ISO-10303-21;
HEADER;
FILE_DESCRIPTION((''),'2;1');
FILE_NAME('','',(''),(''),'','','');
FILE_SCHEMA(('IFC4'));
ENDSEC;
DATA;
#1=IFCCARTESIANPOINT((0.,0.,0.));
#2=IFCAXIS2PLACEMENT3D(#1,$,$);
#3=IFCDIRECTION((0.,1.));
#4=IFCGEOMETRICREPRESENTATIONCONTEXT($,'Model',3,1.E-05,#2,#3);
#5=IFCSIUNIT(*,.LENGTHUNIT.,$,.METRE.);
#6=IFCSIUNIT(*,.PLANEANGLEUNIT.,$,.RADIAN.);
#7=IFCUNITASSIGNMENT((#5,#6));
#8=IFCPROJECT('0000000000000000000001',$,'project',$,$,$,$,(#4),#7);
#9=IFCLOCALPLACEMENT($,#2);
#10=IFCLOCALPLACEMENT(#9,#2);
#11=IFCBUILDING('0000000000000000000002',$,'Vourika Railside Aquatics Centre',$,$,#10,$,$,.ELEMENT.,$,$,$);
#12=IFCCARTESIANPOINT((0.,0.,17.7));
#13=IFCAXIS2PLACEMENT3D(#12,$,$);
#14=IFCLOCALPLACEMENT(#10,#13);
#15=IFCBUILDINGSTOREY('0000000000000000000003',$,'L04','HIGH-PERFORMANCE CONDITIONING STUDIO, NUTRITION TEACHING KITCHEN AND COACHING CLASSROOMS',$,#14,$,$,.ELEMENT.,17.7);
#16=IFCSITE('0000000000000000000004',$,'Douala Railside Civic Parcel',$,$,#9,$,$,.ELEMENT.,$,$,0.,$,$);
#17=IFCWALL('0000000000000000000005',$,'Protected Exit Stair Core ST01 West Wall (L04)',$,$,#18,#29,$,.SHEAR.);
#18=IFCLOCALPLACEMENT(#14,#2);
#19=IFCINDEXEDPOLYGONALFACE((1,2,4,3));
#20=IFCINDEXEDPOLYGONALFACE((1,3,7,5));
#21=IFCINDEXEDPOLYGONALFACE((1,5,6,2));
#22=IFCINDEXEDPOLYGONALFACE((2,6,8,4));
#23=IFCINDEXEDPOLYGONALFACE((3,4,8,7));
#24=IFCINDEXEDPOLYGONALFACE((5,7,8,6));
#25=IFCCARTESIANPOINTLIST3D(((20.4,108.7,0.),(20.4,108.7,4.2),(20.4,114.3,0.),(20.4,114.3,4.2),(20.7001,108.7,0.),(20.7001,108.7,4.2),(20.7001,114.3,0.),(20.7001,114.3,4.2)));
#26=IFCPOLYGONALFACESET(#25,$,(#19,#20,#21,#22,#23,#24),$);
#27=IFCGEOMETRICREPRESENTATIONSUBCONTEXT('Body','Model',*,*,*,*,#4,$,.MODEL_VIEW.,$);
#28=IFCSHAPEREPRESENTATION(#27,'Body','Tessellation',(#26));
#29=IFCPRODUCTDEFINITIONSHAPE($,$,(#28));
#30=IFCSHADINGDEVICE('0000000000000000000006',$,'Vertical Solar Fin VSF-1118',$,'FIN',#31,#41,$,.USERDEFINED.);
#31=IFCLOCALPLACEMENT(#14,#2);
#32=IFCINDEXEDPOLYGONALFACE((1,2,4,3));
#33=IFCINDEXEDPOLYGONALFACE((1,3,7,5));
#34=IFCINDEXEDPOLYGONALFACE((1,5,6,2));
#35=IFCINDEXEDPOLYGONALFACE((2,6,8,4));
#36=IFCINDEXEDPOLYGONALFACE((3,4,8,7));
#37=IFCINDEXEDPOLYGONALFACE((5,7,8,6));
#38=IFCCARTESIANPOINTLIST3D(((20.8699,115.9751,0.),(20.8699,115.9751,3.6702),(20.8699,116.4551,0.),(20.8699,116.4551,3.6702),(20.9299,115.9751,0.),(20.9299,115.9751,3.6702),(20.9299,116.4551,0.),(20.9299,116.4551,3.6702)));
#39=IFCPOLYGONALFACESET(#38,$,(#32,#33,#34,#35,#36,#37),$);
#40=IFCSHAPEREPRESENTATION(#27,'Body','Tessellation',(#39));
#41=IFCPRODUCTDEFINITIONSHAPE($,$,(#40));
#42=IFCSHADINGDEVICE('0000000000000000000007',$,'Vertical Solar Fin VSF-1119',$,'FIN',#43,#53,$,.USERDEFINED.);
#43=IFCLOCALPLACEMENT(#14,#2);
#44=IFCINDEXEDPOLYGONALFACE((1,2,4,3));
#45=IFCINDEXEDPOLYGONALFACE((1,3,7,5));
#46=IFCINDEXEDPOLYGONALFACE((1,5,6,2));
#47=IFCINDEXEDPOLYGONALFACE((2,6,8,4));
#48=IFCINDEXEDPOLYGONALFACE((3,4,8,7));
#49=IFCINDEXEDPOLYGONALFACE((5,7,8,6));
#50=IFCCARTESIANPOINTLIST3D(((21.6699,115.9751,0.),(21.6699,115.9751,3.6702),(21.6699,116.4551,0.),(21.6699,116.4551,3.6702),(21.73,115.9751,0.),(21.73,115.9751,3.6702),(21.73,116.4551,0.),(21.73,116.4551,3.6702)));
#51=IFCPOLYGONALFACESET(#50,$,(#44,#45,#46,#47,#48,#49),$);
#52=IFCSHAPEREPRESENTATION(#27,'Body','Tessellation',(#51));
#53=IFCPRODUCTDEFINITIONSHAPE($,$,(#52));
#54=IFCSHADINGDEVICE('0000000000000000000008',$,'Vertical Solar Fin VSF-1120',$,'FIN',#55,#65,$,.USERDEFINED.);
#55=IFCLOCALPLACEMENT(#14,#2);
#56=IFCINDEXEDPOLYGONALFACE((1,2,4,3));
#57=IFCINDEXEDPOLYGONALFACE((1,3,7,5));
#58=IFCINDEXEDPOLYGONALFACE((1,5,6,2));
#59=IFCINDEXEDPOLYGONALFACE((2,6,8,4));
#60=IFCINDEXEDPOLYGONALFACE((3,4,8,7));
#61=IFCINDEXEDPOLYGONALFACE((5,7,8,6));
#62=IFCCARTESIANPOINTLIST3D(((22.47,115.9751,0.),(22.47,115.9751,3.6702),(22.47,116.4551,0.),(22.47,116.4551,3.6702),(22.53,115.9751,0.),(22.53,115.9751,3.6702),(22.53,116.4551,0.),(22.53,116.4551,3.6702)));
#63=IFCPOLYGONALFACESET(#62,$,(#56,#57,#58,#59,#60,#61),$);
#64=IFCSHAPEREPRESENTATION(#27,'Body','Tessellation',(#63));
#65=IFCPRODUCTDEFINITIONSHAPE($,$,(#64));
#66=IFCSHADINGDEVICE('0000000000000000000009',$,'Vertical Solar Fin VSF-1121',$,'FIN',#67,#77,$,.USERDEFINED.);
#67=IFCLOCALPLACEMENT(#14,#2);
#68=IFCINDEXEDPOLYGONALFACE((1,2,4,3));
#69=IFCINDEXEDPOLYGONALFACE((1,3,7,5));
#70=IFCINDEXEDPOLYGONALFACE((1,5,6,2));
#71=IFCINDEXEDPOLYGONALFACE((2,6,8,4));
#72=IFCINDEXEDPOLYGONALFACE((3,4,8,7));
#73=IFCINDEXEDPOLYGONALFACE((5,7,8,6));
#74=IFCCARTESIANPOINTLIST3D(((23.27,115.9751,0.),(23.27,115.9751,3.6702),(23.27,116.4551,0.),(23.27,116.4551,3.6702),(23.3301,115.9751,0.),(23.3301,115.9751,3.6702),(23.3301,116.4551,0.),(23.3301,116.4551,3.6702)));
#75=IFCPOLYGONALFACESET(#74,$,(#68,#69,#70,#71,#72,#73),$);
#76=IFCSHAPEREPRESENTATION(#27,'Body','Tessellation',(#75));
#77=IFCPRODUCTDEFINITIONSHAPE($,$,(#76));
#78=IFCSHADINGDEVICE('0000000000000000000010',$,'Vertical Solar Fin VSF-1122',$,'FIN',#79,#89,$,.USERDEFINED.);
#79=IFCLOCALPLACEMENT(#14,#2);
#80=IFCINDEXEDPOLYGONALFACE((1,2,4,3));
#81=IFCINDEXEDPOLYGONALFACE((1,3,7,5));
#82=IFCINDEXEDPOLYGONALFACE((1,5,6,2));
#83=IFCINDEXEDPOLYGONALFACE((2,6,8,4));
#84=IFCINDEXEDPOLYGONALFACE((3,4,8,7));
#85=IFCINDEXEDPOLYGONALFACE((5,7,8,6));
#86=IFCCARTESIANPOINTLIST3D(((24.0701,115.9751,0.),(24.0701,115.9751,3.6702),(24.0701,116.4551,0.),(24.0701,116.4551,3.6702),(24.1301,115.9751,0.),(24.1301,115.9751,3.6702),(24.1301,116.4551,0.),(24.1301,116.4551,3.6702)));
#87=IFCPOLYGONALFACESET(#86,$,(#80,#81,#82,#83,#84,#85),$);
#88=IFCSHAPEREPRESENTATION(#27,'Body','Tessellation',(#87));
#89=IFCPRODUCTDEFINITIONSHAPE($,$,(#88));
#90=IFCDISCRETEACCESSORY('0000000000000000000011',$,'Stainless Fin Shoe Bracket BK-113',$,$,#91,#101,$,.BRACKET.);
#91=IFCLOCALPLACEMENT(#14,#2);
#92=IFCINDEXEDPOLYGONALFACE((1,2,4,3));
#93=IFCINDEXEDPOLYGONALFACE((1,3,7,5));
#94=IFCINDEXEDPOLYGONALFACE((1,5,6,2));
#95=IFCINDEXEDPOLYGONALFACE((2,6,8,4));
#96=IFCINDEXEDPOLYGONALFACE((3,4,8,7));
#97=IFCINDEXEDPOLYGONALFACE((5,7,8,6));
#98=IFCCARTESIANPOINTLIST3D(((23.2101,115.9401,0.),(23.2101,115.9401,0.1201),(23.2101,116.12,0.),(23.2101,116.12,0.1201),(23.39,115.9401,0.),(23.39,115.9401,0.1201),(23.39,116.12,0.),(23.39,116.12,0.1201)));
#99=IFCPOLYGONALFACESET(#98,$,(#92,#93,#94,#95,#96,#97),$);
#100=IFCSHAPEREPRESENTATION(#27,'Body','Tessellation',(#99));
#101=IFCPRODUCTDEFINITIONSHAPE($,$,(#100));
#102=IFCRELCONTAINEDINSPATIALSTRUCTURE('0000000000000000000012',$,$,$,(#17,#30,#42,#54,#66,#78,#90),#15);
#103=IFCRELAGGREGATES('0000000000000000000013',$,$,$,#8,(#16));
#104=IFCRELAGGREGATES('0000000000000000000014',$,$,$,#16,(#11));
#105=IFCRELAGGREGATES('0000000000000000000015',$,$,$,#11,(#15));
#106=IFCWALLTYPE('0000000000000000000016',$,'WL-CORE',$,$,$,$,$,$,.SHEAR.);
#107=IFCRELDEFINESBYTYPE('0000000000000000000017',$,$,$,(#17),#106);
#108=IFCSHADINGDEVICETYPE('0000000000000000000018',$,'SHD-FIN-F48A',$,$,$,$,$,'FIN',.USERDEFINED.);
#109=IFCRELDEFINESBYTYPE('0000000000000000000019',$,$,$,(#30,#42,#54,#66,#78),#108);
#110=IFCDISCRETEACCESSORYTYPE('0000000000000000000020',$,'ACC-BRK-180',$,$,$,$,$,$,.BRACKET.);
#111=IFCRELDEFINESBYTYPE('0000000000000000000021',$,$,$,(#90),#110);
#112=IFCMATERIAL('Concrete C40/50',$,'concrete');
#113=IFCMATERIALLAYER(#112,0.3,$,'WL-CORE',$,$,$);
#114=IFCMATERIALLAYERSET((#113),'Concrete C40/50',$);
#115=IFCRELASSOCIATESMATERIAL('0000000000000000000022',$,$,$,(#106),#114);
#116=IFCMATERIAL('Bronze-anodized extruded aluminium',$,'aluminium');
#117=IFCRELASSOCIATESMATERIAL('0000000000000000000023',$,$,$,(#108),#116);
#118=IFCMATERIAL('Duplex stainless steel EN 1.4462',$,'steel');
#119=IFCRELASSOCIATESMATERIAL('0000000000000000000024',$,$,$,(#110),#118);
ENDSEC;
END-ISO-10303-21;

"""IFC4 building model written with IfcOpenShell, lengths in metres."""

from ifc_helpers import new_model, si_unit, direction, frame, frame_2d, origin, origin_2d, place, context, subcontext, project, spatial, rectangle, extrude, material, layer, layer_set, material_profile, profile_set, type_object, element, save


model = new_model("IFC4")

# Units and contexts
model_context = context("Model", 3, precision=1e-05, world=origin(), true_north=direction((0.0, 1.0)))
body_context = subcontext(model_context, "Body", "Model", "MODEL_VIEW")
ifc_project = project(units=[si_unit("LENGTHUNIT", "METRE"), si_unit("PLANEANGLEUNIT", "RADIAN")], contexts=[model_context])

# Site, building, storey
site_placement = place(None, origin())
site = spatial("IfcSite", under=ifc_project, at=site_placement, Name="Douala Railside Civic Parcel", CompositionType="ELEMENT", RefElevation=0.0)
building_placement = place(site_placement, origin())
building = spatial("IfcBuilding", under=site, at=building_placement, Name="Vourika Railside Aquatics Centre", CompositionType="ELEMENT")
storey_placement = place(building_placement, frame((0.0, 0.0, 17.7)))
storey = spatial("IfcBuildingStorey", under=building, at=storey_placement, Name="L04", Description="HIGH-PERFORMANCE CONDITIONING STUDIO, NUTRITION TEACHING KITCHEN AND COACHING CLASSROOMS", CompositionType="ELEMENT", Elevation=17.7)

# Wall
ifc_material_1 = material(Name="Concrete C40/50", Category="concrete")
ifc_layer_1 = layer(ifc_material_1, 0.3, Name="WL-CORE")
ifc_layer_set_1 = layer_set([ifc_layer_1], Name="Concrete C40/50")
wall_type = type_object("IfcWallType", Name="WL-CORE", PredefinedType="SHEAR", material=ifc_layer_set_1)
wall_placement = place(storey_placement, frame((20.55, 114.3, 0.0), z_axis=(0.0, 0.0, 1.0), x_axis=(0.0, -1.0, 0.0)))
element("IfcWall", 1, at=wall_placement, inside=storey, type_object=wall_type, Name="Protected Exit Stair Core ST01 West Wall (L04)", PredefinedType="SHEAR", context=body_context, shape_type="SweptSolid", body=[
    extrude(rectangle(XDim=5.6001, YDim=0.3, at=frame_2d((2.8, 0.0))), origin(), (0.0, 0.0, 1.0), 4.2),
])

# Shading devices
ifc_material_2 = material(Name="Bronze-anodized extruded aluminium", Category="aluminium")
ifc_material_profile_1 = material_profile(ifc_material_2, rectangle(XDim=0.0601, YDim=0.48, at=origin_2d()), Name="ALU-FIN 60x480")
ifc_profile_set_1 = profile_set([ifc_material_profile_1], Name="Bronze-anodized extruded aluminium")
shading_device_type = type_object("IfcShadingDeviceType", Name="SHD-FIN-F48A", ElementType="FIN", PredefinedType="USERDEFINED", material=ifc_profile_set_1)
for number, where, z_axis, x_axis, name in (
    (2, (20.8999, 116.2151, 0.0), (0.0, 0.0, 1.0), (1.0, 0.0, 0.0), "Vertical Solar Fin VSF-1118"),
    (3, (21.7, 116.2151, 0.0), (0.0, 0.0, 1.0), (1.0, 0.0, 0.0), "Vertical Solar Fin VSF-1119"),
    (4, (22.5, 116.2151, 0.0), (0.0, 0.0, 1.0), (1.0, 0.0, 0.0), "Vertical Solar Fin VSF-1120"),
    (5, (23.3, 116.2151, 0.0), (0.0, 0.0, 1.0), (1.0, 0.0, 0.0), "Vertical Solar Fin VSF-1121"),
    (6, (24.1001, 116.2151, 0.0), (0.0, 0.0, 1.0), (1.0, 0.0, 0.0), "Vertical Solar Fin VSF-1122"),
):
    element("IfcShadingDevice", number, at=place(storey_placement, frame(where, z_axis=z_axis, x_axis=x_axis)), inside=storey, type_object=shading_device_type, Name=name, ObjectType="FIN", PredefinedType="USERDEFINED", context=body_context, shape_type="SweptSolid", body=[
        extrude(rectangle(XDim=0.0601, YDim=0.48, at=origin_2d()), origin(), (0.0, 0.0, 1.0), 3.6702),
    ])

# Discrete accessory
ifc_material_3 = material(Name="Duplex stainless steel EN 1.4462", Category="steel")
discrete_accessory_type = type_object("IfcDiscreteAccessoryType", Name="ACC-BRK-180", PredefinedType="BRACKET", material=ifc_material_3)
discrete_accessory_placement = place(storey_placement, frame((23.3, 116.03, 0.0), z_axis=(0.0, 0.0, 1.0), x_axis=(0.0, 1.0, 0.0)))
element("IfcDiscreteAccessory", 7, at=discrete_accessory_placement, inside=storey, type_object=discrete_accessory_type, Name="Stainless Fin Shoe Bracket BK-113", PredefinedType="BRACKET", context=body_context, shape_type="SweptSolid", body=[
    extrude(rectangle(XDim=0.1799, YDim=0.1799, at=origin_2d()), origin(), (0.0, 0.0, 1.0), 0.1201),
])

save(model, "model.ifc")
